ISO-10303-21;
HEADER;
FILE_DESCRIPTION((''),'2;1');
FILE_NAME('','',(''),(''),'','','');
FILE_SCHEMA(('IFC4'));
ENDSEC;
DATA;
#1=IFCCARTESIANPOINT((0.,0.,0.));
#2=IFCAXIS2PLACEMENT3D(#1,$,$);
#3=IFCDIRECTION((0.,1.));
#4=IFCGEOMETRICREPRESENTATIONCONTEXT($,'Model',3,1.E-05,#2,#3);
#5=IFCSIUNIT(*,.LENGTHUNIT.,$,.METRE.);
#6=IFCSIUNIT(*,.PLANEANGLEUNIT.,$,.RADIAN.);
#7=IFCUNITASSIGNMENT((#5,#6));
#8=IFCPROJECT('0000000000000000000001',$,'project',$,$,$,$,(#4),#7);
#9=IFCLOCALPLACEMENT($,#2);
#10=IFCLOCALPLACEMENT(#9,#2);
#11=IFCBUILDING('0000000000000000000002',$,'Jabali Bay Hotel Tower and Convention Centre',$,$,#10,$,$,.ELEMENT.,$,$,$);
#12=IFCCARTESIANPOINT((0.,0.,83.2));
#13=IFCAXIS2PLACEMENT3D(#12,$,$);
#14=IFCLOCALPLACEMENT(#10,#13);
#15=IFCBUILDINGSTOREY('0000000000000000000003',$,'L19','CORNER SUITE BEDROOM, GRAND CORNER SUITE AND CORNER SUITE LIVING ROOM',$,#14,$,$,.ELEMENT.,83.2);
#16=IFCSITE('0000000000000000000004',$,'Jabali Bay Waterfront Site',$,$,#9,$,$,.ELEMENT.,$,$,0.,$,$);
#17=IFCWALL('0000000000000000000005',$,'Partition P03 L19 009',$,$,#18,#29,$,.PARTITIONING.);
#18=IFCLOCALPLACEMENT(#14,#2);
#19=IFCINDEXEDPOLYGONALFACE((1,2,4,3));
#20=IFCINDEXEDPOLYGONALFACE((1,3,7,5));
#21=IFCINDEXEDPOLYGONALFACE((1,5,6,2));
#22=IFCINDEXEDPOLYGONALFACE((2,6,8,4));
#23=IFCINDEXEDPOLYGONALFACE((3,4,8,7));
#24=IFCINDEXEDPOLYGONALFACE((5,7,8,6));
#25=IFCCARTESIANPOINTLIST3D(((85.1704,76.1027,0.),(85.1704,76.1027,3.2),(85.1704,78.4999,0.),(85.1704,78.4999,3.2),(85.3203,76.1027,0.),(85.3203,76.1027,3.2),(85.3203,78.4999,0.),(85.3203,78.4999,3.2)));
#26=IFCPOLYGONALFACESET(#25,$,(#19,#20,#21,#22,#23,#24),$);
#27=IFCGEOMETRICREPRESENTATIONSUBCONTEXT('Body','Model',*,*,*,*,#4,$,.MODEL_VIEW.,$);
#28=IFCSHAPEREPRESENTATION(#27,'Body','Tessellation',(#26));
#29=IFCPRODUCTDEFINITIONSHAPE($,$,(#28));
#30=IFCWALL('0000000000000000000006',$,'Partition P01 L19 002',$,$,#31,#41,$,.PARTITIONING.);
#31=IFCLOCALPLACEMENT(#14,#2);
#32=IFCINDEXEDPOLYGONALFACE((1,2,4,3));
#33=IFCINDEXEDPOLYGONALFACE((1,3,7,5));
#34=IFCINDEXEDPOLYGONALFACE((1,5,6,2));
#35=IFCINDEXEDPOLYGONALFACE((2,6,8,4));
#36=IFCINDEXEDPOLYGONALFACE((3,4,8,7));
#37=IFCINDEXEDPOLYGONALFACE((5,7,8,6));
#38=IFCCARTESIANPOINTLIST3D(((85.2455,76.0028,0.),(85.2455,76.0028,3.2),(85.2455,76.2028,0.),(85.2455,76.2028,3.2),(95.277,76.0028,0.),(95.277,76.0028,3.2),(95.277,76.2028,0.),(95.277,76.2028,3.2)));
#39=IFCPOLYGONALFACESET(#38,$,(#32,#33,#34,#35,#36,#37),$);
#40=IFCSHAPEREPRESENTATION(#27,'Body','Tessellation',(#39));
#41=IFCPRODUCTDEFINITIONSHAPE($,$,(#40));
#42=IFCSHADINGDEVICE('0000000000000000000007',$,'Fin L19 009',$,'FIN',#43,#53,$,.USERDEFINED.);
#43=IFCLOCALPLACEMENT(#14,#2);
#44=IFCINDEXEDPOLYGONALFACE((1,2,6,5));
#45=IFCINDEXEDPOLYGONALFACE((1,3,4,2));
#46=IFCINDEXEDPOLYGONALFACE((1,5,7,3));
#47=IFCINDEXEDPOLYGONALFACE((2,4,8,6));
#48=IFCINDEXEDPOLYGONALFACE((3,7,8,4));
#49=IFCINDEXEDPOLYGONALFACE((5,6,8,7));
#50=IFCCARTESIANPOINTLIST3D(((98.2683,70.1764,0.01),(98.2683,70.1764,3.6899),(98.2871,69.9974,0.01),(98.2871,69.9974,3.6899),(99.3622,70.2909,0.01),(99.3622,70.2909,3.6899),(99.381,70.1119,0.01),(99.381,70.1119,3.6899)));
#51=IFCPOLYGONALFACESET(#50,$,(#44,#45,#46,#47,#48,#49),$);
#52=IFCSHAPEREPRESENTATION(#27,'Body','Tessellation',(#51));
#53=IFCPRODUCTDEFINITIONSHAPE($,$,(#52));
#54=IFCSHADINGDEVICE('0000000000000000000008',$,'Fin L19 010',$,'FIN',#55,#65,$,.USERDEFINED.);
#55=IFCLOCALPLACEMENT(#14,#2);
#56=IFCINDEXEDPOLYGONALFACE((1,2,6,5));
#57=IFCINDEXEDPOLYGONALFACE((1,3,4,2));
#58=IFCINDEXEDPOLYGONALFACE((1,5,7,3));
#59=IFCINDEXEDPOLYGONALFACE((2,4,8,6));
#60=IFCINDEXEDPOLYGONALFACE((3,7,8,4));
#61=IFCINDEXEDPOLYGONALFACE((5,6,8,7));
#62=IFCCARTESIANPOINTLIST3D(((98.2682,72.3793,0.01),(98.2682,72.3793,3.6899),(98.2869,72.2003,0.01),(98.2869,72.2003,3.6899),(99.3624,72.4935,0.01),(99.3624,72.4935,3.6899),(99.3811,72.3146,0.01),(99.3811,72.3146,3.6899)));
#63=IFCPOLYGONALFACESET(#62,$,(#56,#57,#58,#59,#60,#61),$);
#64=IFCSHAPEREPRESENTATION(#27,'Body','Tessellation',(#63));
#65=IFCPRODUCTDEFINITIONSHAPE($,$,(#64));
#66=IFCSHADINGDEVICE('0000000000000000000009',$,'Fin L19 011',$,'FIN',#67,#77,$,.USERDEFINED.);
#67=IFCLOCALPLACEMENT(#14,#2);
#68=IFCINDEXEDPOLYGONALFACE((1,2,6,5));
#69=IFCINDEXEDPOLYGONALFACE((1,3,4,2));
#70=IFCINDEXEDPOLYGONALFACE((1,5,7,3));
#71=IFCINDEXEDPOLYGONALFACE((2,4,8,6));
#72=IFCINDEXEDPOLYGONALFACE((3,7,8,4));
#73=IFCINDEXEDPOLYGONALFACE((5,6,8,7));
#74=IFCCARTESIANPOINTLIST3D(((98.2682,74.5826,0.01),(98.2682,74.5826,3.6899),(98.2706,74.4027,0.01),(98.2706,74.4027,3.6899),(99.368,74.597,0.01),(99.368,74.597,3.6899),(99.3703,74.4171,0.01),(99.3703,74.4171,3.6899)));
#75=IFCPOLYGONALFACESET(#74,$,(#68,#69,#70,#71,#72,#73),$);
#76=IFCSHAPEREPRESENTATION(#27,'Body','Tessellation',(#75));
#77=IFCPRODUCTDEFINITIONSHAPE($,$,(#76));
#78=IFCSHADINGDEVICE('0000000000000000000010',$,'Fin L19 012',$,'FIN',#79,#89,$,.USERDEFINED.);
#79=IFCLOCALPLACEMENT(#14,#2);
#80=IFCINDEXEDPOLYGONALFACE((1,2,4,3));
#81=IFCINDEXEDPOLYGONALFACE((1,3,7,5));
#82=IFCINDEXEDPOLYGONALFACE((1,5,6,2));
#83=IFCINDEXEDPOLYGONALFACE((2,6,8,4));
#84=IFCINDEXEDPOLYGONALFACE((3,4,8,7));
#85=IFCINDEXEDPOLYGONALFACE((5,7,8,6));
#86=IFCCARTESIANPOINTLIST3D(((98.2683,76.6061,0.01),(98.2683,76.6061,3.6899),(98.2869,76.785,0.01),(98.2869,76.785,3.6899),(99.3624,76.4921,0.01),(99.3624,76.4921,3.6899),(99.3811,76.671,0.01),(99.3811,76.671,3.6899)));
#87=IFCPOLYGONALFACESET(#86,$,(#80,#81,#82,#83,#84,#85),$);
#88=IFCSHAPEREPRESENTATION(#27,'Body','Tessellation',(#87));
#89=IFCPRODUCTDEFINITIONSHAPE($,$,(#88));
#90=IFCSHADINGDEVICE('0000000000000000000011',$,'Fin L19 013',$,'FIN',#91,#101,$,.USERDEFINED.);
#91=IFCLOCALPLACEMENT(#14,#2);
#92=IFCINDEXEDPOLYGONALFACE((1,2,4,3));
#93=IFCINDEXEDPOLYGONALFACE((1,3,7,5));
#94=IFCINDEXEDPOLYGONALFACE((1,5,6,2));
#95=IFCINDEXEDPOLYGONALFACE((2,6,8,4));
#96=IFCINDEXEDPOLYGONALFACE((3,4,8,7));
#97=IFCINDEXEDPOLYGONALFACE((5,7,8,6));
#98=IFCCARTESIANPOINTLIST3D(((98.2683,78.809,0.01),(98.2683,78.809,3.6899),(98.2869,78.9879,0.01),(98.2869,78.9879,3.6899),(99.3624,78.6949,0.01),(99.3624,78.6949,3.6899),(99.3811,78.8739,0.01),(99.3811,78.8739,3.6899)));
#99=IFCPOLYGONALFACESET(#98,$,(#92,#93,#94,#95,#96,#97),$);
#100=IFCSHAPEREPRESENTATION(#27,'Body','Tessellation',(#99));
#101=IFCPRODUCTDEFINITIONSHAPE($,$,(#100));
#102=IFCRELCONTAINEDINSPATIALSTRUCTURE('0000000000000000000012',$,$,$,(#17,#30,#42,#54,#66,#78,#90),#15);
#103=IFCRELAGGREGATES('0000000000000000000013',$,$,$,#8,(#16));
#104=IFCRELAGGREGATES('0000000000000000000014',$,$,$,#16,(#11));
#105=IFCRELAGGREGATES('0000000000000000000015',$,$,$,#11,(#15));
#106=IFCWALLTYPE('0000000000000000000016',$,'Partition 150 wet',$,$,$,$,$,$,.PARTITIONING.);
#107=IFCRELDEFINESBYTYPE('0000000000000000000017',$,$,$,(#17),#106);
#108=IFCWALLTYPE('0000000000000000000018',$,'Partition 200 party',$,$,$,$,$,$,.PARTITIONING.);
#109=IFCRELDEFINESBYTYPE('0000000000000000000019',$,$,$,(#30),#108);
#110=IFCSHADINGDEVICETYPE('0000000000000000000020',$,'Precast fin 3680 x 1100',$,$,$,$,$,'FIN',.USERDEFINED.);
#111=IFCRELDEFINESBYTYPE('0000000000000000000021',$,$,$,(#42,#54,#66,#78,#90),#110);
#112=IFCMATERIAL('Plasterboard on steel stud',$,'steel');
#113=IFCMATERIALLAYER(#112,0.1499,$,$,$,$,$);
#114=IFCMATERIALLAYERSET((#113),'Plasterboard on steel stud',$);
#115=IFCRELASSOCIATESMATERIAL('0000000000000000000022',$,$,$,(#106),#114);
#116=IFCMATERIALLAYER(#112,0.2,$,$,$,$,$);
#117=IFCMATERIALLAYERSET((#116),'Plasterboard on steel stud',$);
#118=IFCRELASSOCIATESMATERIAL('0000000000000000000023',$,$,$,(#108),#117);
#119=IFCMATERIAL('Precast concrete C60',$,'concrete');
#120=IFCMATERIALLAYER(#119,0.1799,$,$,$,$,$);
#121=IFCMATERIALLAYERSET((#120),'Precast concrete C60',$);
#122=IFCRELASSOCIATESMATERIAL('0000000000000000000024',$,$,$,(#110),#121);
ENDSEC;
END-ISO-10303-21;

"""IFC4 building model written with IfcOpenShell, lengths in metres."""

from ifc_helpers import new_model, si_unit, direction, frame, frame_2d, origin, place, context, subcontext, project, spatial, rectangle, extrude, material, layer, layer_set, type_object, element, save


model = new_model("IFC4")

# Units and contexts
model_context = context("Model", 3, precision=1e-05, world=origin(), true_north=direction((0.0, 1.0)))
body_context = subcontext(model_context, "Body", "Model", "MODEL_VIEW")
ifc_project = project(units=[si_unit("LENGTHUNIT", "METRE"), si_unit("PLANEANGLEUNIT", "RADIAN")], contexts=[model_context])

# Site, building, storey
site_placement = place(None, origin())
site = spatial("IfcSite", under=ifc_project, at=site_placement, Name="Jabali Bay Waterfront Site", CompositionType="ELEMENT", RefElevation=0.0)
building_placement = place(site_placement, origin())
building = spatial("IfcBuilding", under=site, at=building_placement, Name="Jabali Bay Hotel Tower and Convention Centre", CompositionType="ELEMENT")
storey_placement = place(building_placement, frame((0.0, 0.0, 83.2)))
storey = spatial("IfcBuildingStorey", under=building, at=storey_placement, Name="L19", Description="CORNER SUITE BEDROOM, GRAND CORNER SUITE AND CORNER SUITE LIVING ROOM", CompositionType="ELEMENT", Elevation=83.2)

# Shared definitions
ifc_material_1 = material(Name="Plasterboard on steel stud", Category="steel")

# Shared definitions
ifc_layer_1 = layer(ifc_material_1, 0.1499)
ifc_layer_set_1 = layer_set([ifc_layer_1], Name="Plasterboard on steel stud")
wall_type_1 = type_object("IfcWallType", Name="Partition 150 wet", PredefinedType="PARTITIONING", material=ifc_layer_set_1)

# Walls
wall_1_placement = place(storey_placement, frame((85.2454, 78.5, 0.0), z_axis=(0.0, 0.0, 1.0), x_axis=(0.0, -1.0, 0.0)))
element("IfcWall", 1, at=wall_1_placement, inside=storey, type_object=wall_type_1, Name="Partition P03 L19 009", PredefinedType="PARTITIONING", context=body_context, shape_type="SweptSolid", body=[
    extrude(rectangle(XDim=2.3972, YDim=0.1499, at=frame_2d((1.1987, 0.0))), origin(), (0.0, 0.0, 1.0), 3.2),
])
ifc_layer_2 = layer(ifc_material_1, 0.2)
ifc_layer_set_2 = layer_set([ifc_layer_2], Name="Plasterboard on steel stud")
wall_type_2 = type_object("IfcWallType", Name="Partition 200 party", PredefinedType="PARTITIONING", material=ifc_layer_set_2)
wall_2_placement = place(storey_placement, frame((95.2769, 76.1028, 0.0), z_axis=(0.0, 0.0, 1.0), x_axis=(-1.0, 0.0, 0.0)))
element("IfcWall", 2, at=wall_2_placement, inside=storey, type_object=wall_type_2, Name="Partition P01 L19 002", PredefinedType="PARTITIONING", context=body_context, shape_type="SweptSolid", body=[
    extrude(rectangle(XDim=10.0315, YDim=0.2, at=frame_2d((5.0156, 0.0))), origin(), (0.0, 0.0, 1.0), 3.2),
])

# Shading devices
ifc_material_2 = material(Name="Precast concrete C60", Category="concrete")
ifc_layer_3 = layer(ifc_material_2, 0.1799)
ifc_layer_set_3 = layer_set([ifc_layer_3], Name="Precast concrete C60")
shading_device_type = type_object("IfcShadingDeviceType", Name="Precast fin 3680 x 1100", ElementType="FIN", PredefinedType="USERDEFINED", material=ifc_layer_set_3)
shading_device_1_placement = place(storey_placement, frame((98.2778, 70.0869, 0.01), z_axis=(0.0, 0.0, 1.0), x_axis=(0.994567, 0.104096, 0.0)))
element("IfcShadingDevice", 3, at=shading_device_1_placement, inside=storey, type_object=shading_device_type, Name="Fin L19 009", ObjectType="FIN", PredefinedType="USERDEFINED", context=body_context, shape_type="SweptSolid", body=[
    extrude(rectangle(XDim=1.0999, YDim=0.1799, at=frame_2d((0.5498, 0.0))), origin(), (0.0, 0.0, 1.0), 3.6799),
])
shading_device_2_placement = place(storey_placement, frame((98.2776, 72.2898, 0.01), z_axis=(0.0, 0.0, 1.0), x_axis=(0.994593, 0.103853, 0.0)))
element("IfcShadingDevice", 4, at=shading_device_2_placement, inside=storey, type_object=shading_device_type, Name="Fin L19 010", ObjectType="FIN", PredefinedType="USERDEFINED", context=body_context, shape_type="SweptSolid", body=[
    extrude(rectangle(XDim=1.1001, YDim=0.1799, at=frame_2d((0.55, 0.0))), origin(), (0.0, 0.0, 1.0), 3.6799),
])
shading_device_3_placement = place(storey_placement, frame((98.2695, 74.4927, 0.01), z_axis=(0.0, 0.0, 1.0), x_axis=(0.999914, 0.013095, 0.0)))
element("IfcShadingDevice", 5, at=shading_device_3_placement, inside=storey, type_object=shading_device_type, Name="Fin L19 011", ObjectType="FIN", PredefinedType="USERDEFINED", context=body_context, shape_type="SweptSolid", body=[
    extrude(rectangle(XDim=1.0999, YDim=0.1799, at=frame_2d((0.5498, 0.0))), origin(), (0.0, 0.0, 1.0), 3.6799),
])
for number, where, z_axis, x_axis, name in (
    (6, (98.2776, 76.6956, 0.01), (0.0, 0.0, 1.0), (0.994616, -0.103634, 0.0), "Fin L19 012"),
    (7, (98.2776, 78.8984, 0.01), (0.0, 0.0, 1.0), (0.994616, -0.103634, 0.0), "Fin L19 013"),
):
    element("IfcShadingDevice", number, at=place(storey_placement, frame(where, z_axis=z_axis, x_axis=x_axis)), inside=storey, type_object=shading_device_type, Name=name, ObjectType="FIN", PredefinedType="USERDEFINED", context=body_context, shape_type="SweptSolid", body=[
        extrude(rectangle(XDim=1.1001, YDim=0.1799, at=frame_2d((0.55, 0.0))), origin(), (0.0, 0.0, 1.0), 3.6799),
    ])

save(model, "model.ifc")
